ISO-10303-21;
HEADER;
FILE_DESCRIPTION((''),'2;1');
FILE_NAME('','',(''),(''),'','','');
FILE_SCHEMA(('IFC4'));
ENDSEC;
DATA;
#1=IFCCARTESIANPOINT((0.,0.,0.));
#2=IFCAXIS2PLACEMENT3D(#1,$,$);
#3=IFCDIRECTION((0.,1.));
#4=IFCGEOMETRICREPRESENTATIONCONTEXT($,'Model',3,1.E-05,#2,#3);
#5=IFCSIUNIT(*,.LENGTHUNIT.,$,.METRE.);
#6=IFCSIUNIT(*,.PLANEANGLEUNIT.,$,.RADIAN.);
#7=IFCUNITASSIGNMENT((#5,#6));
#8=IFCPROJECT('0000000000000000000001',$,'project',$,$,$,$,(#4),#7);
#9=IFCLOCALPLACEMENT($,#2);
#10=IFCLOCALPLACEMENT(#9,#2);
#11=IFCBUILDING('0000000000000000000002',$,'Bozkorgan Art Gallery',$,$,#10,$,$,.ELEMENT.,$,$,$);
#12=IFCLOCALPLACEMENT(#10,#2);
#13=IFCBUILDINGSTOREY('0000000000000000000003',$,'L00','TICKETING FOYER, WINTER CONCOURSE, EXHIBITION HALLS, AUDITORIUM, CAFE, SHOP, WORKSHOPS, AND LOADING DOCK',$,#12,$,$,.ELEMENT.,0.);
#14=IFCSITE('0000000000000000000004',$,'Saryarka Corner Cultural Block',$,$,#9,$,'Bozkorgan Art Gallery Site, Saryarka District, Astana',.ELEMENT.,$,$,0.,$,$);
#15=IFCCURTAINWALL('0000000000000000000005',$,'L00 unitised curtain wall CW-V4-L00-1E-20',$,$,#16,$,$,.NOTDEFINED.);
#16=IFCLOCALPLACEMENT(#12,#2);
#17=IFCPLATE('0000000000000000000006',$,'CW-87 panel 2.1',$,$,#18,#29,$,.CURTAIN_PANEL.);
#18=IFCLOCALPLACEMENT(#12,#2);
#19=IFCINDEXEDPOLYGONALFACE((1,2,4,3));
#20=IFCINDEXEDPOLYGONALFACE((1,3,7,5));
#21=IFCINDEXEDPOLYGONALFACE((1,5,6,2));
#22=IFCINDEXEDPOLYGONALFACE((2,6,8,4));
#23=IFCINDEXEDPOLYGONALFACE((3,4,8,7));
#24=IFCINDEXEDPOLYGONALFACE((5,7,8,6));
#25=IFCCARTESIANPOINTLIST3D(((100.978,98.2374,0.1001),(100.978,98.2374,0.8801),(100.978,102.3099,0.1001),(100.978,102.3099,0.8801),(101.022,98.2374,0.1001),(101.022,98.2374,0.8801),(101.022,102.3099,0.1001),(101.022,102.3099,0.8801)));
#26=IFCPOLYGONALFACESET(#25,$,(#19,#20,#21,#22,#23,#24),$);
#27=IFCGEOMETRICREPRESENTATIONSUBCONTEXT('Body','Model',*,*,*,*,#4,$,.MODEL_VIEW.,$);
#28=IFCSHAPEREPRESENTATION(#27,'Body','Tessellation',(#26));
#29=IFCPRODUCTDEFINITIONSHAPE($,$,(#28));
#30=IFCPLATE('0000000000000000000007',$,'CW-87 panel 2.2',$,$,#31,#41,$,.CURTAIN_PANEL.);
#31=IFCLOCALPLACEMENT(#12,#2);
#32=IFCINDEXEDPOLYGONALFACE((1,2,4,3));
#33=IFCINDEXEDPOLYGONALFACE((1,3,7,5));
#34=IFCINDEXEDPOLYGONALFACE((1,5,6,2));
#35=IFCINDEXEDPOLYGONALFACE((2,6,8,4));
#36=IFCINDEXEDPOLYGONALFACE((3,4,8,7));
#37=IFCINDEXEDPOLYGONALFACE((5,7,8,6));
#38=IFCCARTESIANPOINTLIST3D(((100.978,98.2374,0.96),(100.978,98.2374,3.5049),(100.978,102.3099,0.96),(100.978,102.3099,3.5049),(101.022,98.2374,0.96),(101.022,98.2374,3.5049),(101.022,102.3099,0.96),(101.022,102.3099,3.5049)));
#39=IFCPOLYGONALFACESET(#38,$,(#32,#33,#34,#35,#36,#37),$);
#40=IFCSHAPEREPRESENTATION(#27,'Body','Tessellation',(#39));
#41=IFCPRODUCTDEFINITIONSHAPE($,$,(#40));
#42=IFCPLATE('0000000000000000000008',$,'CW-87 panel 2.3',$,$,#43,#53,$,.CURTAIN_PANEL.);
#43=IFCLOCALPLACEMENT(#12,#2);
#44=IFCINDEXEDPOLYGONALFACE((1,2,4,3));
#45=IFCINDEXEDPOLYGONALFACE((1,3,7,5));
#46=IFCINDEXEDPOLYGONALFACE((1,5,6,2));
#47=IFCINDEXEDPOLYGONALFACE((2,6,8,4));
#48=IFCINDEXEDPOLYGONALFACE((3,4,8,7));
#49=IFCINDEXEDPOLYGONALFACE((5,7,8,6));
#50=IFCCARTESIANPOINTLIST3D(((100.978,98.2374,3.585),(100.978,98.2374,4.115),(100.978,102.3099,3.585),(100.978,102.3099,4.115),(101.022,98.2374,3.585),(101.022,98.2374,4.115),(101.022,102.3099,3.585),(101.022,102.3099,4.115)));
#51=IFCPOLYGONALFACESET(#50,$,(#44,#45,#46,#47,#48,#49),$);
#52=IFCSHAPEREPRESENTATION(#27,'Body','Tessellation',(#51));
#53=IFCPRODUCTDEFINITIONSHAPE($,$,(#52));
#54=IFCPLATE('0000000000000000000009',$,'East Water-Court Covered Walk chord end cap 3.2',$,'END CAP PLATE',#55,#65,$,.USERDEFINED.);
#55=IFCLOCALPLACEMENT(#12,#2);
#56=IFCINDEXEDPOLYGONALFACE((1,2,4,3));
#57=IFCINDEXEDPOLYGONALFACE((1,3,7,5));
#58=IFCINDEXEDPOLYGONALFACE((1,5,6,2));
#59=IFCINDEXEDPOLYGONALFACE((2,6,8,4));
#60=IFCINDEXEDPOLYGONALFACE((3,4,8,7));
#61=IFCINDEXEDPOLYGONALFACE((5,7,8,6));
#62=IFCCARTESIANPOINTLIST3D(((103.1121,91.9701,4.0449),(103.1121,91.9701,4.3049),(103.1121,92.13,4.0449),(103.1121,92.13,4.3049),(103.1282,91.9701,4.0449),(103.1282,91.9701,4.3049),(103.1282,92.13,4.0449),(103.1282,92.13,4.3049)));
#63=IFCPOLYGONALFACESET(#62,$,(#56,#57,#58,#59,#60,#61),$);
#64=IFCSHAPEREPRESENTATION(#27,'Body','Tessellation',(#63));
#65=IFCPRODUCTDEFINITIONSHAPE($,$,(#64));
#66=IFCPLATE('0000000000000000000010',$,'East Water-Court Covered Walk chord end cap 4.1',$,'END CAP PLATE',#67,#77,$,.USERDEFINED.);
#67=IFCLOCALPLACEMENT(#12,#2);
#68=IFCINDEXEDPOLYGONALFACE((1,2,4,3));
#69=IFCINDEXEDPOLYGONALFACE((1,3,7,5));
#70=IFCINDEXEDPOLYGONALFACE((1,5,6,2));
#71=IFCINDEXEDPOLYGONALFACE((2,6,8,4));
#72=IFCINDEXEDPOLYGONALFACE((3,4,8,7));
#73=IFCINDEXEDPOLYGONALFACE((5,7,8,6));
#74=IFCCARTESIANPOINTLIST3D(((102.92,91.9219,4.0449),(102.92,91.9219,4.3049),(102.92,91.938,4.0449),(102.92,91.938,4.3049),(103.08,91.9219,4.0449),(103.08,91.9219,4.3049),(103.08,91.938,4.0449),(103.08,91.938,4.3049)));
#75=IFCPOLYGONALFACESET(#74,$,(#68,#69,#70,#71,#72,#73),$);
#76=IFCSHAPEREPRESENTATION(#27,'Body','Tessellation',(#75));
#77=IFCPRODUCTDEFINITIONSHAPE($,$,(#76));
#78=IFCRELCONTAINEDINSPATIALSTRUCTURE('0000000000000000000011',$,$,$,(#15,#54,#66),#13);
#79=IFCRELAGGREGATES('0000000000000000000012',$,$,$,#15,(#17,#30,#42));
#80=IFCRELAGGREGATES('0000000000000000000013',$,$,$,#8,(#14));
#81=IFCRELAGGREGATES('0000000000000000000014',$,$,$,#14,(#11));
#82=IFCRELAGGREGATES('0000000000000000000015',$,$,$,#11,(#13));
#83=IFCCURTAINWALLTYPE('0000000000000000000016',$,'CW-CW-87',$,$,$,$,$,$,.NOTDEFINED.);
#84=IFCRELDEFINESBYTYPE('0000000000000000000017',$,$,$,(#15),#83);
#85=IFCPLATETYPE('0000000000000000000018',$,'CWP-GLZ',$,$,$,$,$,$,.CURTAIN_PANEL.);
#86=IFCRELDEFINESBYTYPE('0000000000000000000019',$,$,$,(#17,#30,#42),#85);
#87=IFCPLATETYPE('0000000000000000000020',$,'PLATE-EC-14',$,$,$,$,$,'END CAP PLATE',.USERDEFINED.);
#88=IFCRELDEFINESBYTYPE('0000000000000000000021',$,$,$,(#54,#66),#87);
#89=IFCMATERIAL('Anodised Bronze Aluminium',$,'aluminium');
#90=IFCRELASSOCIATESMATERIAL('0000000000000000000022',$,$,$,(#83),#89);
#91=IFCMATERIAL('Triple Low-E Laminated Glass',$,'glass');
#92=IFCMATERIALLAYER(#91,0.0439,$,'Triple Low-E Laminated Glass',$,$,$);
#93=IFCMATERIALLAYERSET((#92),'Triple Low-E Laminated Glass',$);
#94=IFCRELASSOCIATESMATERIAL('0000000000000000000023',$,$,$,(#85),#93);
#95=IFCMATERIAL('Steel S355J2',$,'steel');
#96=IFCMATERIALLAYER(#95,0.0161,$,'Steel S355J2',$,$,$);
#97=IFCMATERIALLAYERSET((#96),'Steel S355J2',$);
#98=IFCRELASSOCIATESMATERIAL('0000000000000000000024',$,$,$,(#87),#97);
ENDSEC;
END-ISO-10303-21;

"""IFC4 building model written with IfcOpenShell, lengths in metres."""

from ifc_helpers import new_model, si_unit, direction, frame, origin, origin_2d, place, context, subcontext, project, spatial, rectangle, extrude, material, layer, layer_set, type_object, element, aggregate, save


model = new_model("IFC4")

# Units and contexts
model_context = context("Model", 3, precision=1e-05, world=origin(), true_north=direction((0.0, 1.0)))
body_context = subcontext(model_context, "Body", "Model", "MODEL_VIEW")
ifc_project = project(units=[si_unit("LENGTHUNIT", "METRE"), si_unit("PLANEANGLEUNIT", "RADIAN")], contexts=[model_context])

# Site, building, storey
site_placement = place(None, origin())
site = spatial("IfcSite", under=ifc_project, at=site_placement, Name="Saryarka Corner Cultural Block", LongName="Bozkorgan Art Gallery Site, Saryarka District, Astana", CompositionType="ELEMENT", RefElevation=0.0)
building_placement = place(site_placement, origin())
building = spatial("IfcBuilding", under=site, at=building_placement, Name="Bozkorgan Art Gallery", CompositionType="ELEMENT")
storey_placement = place(building_placement, origin())
storey = spatial("IfcBuildingStorey", under=building, at=storey_placement, Name="L00", Description="TICKETING FOYER, WINTER CONCOURSE, EXHIBITION HALLS, AUDITORIUM, CAFE, SHOP, WORKSHOPS, AND LOADING DOCK", CompositionType="ELEMENT", Elevation=0.0)

# Shared definitions
ifc_material_1 = material(Name="Steel S355J2", Category="steel")

# Shared definitions
ifc_material_2 = material(Name="Anodised Bronze Aluminium", Category="aluminium")
curtain_wall_type = type_object("IfcCurtainWallType", Name="CW-CW-87", PredefinedType="NOTDEFINED", material=ifc_material_2)

# Curtain wall
curtain_wall_1_placement = place(storey_placement, origin())
curtain_wall_1 = element("IfcCurtainWall", 1, at=curtain_wall_1_placement, inside=storey, type_object=curtain_wall_type, Name="L00 unitised curtain wall CW-V4-L00-1E-20", PredefinedType="NOTDEFINED")

# Plates
ifc_material_3 = material(Name="Triple Low-E Laminated Glass", Category="glass")
ifc_layer_1 = layer(ifc_material_3, 0.0439, Name="Triple Low-E Laminated Glass")
ifc_layer_set_1 = layer_set([ifc_layer_1], Name="Triple Low-E Laminated Glass")
plate_type_1 = type_object("IfcPlateType", Name="CWP-GLZ", PredefinedType="CURTAIN_PANEL", material=ifc_layer_set_1)
plate_1_placement = place(storey_placement, frame((101.0, 100.2737, 0.1001), z_axis=(0.0, 0.0, 1.0), x_axis=(0.0, 1.0, 0.0)))
plate_1 = element("IfcPlate", 2, at=plate_1_placement, type_object=plate_type_1, Name="CW-87 panel 2.1", PredefinedType="CURTAIN_PANEL", context=body_context, shape_type="SweptSolid", body=[
    extrude(rectangle(XDim=4.0725, YDim=0.0439, at=origin_2d()), origin(), (0.0, 0.0, 1.0), 0.78),
])
plate_2_placement = place(storey_placement, frame((101.0, 100.2737, 0.96), z_axis=(0.0, 0.0, 1.0), x_axis=(0.0, 1.0, 0.0)))
plate_2 = element("IfcPlate", 3, at=plate_2_placement, type_object=plate_type_1, Name="CW-87 panel 2.2", PredefinedType="CURTAIN_PANEL", context=body_context, shape_type="SweptSolid", body=[
    extrude(rectangle(XDim=4.0725, YDim=0.0439, at=origin_2d()), origin(), (0.0, 0.0, 1.0), 2.5449),
])
plate_3_placement = place(storey_placement, frame((101.0, 100.2737, 3.585), z_axis=(0.0, 0.0, 1.0), x_axis=(0.0, 1.0, 0.0)))
plate_3 = element("IfcPlate", 4, at=plate_3_placement, type_object=plate_type_1, Name="CW-87 panel 2.3", PredefinedType="CURTAIN_PANEL", context=body_context, shape_type="SweptSolid", body=[
    extrude(rectangle(XDim=4.0725, YDim=0.0439, at=origin_2d()), origin(), (0.0, 0.0, 1.0), 0.53),
])
aggregate(curtain_wall_1, [plate_1, plate_2, plate_3])

# Plates
ifc_layer_2 = layer(ifc_material_1, 0.0161, Name="Steel S355J2")
ifc_layer_set_2 = layer_set([ifc_layer_2], Name="Steel S355J2")
plate_type_2 = type_object("IfcPlateType", Name="PLATE-EC-14", ElementType="END CAP PLATE", PredefinedType="USERDEFINED", material=ifc_layer_set_2)
for number, where, z_axis, x_axis, name in (
    (5, (103.1201, 92.05, 4.0449), (0.0, 0.0, 1.0), (-1.0, 0.0, 0.0), "East Water-Court Covered Walk chord end cap 3.2"),
    (6, (103.0, 91.9299, 4.0449), (0.0, 0.0, 1.0), (0.0, -1.0, 0.0), "East Water-Court Covered Walk chord end cap 4.1"),
):
    element("IfcPlate", number, at=place(storey_placement, frame(where, z_axis=z_axis, x_axis=x_axis)), inside=storey, type_object=plate_type_2, Name=name, ObjectType="END CAP PLATE", PredefinedType="USERDEFINED", context=body_context, shape_type="SweptSolid", body=[
        extrude(rectangle(XDim=0.0161, YDim=0.1599, at=origin_2d()), origin(), (0.0, 0.0, 1.0), 0.26),
    ])

save(model, "model.ifc")
